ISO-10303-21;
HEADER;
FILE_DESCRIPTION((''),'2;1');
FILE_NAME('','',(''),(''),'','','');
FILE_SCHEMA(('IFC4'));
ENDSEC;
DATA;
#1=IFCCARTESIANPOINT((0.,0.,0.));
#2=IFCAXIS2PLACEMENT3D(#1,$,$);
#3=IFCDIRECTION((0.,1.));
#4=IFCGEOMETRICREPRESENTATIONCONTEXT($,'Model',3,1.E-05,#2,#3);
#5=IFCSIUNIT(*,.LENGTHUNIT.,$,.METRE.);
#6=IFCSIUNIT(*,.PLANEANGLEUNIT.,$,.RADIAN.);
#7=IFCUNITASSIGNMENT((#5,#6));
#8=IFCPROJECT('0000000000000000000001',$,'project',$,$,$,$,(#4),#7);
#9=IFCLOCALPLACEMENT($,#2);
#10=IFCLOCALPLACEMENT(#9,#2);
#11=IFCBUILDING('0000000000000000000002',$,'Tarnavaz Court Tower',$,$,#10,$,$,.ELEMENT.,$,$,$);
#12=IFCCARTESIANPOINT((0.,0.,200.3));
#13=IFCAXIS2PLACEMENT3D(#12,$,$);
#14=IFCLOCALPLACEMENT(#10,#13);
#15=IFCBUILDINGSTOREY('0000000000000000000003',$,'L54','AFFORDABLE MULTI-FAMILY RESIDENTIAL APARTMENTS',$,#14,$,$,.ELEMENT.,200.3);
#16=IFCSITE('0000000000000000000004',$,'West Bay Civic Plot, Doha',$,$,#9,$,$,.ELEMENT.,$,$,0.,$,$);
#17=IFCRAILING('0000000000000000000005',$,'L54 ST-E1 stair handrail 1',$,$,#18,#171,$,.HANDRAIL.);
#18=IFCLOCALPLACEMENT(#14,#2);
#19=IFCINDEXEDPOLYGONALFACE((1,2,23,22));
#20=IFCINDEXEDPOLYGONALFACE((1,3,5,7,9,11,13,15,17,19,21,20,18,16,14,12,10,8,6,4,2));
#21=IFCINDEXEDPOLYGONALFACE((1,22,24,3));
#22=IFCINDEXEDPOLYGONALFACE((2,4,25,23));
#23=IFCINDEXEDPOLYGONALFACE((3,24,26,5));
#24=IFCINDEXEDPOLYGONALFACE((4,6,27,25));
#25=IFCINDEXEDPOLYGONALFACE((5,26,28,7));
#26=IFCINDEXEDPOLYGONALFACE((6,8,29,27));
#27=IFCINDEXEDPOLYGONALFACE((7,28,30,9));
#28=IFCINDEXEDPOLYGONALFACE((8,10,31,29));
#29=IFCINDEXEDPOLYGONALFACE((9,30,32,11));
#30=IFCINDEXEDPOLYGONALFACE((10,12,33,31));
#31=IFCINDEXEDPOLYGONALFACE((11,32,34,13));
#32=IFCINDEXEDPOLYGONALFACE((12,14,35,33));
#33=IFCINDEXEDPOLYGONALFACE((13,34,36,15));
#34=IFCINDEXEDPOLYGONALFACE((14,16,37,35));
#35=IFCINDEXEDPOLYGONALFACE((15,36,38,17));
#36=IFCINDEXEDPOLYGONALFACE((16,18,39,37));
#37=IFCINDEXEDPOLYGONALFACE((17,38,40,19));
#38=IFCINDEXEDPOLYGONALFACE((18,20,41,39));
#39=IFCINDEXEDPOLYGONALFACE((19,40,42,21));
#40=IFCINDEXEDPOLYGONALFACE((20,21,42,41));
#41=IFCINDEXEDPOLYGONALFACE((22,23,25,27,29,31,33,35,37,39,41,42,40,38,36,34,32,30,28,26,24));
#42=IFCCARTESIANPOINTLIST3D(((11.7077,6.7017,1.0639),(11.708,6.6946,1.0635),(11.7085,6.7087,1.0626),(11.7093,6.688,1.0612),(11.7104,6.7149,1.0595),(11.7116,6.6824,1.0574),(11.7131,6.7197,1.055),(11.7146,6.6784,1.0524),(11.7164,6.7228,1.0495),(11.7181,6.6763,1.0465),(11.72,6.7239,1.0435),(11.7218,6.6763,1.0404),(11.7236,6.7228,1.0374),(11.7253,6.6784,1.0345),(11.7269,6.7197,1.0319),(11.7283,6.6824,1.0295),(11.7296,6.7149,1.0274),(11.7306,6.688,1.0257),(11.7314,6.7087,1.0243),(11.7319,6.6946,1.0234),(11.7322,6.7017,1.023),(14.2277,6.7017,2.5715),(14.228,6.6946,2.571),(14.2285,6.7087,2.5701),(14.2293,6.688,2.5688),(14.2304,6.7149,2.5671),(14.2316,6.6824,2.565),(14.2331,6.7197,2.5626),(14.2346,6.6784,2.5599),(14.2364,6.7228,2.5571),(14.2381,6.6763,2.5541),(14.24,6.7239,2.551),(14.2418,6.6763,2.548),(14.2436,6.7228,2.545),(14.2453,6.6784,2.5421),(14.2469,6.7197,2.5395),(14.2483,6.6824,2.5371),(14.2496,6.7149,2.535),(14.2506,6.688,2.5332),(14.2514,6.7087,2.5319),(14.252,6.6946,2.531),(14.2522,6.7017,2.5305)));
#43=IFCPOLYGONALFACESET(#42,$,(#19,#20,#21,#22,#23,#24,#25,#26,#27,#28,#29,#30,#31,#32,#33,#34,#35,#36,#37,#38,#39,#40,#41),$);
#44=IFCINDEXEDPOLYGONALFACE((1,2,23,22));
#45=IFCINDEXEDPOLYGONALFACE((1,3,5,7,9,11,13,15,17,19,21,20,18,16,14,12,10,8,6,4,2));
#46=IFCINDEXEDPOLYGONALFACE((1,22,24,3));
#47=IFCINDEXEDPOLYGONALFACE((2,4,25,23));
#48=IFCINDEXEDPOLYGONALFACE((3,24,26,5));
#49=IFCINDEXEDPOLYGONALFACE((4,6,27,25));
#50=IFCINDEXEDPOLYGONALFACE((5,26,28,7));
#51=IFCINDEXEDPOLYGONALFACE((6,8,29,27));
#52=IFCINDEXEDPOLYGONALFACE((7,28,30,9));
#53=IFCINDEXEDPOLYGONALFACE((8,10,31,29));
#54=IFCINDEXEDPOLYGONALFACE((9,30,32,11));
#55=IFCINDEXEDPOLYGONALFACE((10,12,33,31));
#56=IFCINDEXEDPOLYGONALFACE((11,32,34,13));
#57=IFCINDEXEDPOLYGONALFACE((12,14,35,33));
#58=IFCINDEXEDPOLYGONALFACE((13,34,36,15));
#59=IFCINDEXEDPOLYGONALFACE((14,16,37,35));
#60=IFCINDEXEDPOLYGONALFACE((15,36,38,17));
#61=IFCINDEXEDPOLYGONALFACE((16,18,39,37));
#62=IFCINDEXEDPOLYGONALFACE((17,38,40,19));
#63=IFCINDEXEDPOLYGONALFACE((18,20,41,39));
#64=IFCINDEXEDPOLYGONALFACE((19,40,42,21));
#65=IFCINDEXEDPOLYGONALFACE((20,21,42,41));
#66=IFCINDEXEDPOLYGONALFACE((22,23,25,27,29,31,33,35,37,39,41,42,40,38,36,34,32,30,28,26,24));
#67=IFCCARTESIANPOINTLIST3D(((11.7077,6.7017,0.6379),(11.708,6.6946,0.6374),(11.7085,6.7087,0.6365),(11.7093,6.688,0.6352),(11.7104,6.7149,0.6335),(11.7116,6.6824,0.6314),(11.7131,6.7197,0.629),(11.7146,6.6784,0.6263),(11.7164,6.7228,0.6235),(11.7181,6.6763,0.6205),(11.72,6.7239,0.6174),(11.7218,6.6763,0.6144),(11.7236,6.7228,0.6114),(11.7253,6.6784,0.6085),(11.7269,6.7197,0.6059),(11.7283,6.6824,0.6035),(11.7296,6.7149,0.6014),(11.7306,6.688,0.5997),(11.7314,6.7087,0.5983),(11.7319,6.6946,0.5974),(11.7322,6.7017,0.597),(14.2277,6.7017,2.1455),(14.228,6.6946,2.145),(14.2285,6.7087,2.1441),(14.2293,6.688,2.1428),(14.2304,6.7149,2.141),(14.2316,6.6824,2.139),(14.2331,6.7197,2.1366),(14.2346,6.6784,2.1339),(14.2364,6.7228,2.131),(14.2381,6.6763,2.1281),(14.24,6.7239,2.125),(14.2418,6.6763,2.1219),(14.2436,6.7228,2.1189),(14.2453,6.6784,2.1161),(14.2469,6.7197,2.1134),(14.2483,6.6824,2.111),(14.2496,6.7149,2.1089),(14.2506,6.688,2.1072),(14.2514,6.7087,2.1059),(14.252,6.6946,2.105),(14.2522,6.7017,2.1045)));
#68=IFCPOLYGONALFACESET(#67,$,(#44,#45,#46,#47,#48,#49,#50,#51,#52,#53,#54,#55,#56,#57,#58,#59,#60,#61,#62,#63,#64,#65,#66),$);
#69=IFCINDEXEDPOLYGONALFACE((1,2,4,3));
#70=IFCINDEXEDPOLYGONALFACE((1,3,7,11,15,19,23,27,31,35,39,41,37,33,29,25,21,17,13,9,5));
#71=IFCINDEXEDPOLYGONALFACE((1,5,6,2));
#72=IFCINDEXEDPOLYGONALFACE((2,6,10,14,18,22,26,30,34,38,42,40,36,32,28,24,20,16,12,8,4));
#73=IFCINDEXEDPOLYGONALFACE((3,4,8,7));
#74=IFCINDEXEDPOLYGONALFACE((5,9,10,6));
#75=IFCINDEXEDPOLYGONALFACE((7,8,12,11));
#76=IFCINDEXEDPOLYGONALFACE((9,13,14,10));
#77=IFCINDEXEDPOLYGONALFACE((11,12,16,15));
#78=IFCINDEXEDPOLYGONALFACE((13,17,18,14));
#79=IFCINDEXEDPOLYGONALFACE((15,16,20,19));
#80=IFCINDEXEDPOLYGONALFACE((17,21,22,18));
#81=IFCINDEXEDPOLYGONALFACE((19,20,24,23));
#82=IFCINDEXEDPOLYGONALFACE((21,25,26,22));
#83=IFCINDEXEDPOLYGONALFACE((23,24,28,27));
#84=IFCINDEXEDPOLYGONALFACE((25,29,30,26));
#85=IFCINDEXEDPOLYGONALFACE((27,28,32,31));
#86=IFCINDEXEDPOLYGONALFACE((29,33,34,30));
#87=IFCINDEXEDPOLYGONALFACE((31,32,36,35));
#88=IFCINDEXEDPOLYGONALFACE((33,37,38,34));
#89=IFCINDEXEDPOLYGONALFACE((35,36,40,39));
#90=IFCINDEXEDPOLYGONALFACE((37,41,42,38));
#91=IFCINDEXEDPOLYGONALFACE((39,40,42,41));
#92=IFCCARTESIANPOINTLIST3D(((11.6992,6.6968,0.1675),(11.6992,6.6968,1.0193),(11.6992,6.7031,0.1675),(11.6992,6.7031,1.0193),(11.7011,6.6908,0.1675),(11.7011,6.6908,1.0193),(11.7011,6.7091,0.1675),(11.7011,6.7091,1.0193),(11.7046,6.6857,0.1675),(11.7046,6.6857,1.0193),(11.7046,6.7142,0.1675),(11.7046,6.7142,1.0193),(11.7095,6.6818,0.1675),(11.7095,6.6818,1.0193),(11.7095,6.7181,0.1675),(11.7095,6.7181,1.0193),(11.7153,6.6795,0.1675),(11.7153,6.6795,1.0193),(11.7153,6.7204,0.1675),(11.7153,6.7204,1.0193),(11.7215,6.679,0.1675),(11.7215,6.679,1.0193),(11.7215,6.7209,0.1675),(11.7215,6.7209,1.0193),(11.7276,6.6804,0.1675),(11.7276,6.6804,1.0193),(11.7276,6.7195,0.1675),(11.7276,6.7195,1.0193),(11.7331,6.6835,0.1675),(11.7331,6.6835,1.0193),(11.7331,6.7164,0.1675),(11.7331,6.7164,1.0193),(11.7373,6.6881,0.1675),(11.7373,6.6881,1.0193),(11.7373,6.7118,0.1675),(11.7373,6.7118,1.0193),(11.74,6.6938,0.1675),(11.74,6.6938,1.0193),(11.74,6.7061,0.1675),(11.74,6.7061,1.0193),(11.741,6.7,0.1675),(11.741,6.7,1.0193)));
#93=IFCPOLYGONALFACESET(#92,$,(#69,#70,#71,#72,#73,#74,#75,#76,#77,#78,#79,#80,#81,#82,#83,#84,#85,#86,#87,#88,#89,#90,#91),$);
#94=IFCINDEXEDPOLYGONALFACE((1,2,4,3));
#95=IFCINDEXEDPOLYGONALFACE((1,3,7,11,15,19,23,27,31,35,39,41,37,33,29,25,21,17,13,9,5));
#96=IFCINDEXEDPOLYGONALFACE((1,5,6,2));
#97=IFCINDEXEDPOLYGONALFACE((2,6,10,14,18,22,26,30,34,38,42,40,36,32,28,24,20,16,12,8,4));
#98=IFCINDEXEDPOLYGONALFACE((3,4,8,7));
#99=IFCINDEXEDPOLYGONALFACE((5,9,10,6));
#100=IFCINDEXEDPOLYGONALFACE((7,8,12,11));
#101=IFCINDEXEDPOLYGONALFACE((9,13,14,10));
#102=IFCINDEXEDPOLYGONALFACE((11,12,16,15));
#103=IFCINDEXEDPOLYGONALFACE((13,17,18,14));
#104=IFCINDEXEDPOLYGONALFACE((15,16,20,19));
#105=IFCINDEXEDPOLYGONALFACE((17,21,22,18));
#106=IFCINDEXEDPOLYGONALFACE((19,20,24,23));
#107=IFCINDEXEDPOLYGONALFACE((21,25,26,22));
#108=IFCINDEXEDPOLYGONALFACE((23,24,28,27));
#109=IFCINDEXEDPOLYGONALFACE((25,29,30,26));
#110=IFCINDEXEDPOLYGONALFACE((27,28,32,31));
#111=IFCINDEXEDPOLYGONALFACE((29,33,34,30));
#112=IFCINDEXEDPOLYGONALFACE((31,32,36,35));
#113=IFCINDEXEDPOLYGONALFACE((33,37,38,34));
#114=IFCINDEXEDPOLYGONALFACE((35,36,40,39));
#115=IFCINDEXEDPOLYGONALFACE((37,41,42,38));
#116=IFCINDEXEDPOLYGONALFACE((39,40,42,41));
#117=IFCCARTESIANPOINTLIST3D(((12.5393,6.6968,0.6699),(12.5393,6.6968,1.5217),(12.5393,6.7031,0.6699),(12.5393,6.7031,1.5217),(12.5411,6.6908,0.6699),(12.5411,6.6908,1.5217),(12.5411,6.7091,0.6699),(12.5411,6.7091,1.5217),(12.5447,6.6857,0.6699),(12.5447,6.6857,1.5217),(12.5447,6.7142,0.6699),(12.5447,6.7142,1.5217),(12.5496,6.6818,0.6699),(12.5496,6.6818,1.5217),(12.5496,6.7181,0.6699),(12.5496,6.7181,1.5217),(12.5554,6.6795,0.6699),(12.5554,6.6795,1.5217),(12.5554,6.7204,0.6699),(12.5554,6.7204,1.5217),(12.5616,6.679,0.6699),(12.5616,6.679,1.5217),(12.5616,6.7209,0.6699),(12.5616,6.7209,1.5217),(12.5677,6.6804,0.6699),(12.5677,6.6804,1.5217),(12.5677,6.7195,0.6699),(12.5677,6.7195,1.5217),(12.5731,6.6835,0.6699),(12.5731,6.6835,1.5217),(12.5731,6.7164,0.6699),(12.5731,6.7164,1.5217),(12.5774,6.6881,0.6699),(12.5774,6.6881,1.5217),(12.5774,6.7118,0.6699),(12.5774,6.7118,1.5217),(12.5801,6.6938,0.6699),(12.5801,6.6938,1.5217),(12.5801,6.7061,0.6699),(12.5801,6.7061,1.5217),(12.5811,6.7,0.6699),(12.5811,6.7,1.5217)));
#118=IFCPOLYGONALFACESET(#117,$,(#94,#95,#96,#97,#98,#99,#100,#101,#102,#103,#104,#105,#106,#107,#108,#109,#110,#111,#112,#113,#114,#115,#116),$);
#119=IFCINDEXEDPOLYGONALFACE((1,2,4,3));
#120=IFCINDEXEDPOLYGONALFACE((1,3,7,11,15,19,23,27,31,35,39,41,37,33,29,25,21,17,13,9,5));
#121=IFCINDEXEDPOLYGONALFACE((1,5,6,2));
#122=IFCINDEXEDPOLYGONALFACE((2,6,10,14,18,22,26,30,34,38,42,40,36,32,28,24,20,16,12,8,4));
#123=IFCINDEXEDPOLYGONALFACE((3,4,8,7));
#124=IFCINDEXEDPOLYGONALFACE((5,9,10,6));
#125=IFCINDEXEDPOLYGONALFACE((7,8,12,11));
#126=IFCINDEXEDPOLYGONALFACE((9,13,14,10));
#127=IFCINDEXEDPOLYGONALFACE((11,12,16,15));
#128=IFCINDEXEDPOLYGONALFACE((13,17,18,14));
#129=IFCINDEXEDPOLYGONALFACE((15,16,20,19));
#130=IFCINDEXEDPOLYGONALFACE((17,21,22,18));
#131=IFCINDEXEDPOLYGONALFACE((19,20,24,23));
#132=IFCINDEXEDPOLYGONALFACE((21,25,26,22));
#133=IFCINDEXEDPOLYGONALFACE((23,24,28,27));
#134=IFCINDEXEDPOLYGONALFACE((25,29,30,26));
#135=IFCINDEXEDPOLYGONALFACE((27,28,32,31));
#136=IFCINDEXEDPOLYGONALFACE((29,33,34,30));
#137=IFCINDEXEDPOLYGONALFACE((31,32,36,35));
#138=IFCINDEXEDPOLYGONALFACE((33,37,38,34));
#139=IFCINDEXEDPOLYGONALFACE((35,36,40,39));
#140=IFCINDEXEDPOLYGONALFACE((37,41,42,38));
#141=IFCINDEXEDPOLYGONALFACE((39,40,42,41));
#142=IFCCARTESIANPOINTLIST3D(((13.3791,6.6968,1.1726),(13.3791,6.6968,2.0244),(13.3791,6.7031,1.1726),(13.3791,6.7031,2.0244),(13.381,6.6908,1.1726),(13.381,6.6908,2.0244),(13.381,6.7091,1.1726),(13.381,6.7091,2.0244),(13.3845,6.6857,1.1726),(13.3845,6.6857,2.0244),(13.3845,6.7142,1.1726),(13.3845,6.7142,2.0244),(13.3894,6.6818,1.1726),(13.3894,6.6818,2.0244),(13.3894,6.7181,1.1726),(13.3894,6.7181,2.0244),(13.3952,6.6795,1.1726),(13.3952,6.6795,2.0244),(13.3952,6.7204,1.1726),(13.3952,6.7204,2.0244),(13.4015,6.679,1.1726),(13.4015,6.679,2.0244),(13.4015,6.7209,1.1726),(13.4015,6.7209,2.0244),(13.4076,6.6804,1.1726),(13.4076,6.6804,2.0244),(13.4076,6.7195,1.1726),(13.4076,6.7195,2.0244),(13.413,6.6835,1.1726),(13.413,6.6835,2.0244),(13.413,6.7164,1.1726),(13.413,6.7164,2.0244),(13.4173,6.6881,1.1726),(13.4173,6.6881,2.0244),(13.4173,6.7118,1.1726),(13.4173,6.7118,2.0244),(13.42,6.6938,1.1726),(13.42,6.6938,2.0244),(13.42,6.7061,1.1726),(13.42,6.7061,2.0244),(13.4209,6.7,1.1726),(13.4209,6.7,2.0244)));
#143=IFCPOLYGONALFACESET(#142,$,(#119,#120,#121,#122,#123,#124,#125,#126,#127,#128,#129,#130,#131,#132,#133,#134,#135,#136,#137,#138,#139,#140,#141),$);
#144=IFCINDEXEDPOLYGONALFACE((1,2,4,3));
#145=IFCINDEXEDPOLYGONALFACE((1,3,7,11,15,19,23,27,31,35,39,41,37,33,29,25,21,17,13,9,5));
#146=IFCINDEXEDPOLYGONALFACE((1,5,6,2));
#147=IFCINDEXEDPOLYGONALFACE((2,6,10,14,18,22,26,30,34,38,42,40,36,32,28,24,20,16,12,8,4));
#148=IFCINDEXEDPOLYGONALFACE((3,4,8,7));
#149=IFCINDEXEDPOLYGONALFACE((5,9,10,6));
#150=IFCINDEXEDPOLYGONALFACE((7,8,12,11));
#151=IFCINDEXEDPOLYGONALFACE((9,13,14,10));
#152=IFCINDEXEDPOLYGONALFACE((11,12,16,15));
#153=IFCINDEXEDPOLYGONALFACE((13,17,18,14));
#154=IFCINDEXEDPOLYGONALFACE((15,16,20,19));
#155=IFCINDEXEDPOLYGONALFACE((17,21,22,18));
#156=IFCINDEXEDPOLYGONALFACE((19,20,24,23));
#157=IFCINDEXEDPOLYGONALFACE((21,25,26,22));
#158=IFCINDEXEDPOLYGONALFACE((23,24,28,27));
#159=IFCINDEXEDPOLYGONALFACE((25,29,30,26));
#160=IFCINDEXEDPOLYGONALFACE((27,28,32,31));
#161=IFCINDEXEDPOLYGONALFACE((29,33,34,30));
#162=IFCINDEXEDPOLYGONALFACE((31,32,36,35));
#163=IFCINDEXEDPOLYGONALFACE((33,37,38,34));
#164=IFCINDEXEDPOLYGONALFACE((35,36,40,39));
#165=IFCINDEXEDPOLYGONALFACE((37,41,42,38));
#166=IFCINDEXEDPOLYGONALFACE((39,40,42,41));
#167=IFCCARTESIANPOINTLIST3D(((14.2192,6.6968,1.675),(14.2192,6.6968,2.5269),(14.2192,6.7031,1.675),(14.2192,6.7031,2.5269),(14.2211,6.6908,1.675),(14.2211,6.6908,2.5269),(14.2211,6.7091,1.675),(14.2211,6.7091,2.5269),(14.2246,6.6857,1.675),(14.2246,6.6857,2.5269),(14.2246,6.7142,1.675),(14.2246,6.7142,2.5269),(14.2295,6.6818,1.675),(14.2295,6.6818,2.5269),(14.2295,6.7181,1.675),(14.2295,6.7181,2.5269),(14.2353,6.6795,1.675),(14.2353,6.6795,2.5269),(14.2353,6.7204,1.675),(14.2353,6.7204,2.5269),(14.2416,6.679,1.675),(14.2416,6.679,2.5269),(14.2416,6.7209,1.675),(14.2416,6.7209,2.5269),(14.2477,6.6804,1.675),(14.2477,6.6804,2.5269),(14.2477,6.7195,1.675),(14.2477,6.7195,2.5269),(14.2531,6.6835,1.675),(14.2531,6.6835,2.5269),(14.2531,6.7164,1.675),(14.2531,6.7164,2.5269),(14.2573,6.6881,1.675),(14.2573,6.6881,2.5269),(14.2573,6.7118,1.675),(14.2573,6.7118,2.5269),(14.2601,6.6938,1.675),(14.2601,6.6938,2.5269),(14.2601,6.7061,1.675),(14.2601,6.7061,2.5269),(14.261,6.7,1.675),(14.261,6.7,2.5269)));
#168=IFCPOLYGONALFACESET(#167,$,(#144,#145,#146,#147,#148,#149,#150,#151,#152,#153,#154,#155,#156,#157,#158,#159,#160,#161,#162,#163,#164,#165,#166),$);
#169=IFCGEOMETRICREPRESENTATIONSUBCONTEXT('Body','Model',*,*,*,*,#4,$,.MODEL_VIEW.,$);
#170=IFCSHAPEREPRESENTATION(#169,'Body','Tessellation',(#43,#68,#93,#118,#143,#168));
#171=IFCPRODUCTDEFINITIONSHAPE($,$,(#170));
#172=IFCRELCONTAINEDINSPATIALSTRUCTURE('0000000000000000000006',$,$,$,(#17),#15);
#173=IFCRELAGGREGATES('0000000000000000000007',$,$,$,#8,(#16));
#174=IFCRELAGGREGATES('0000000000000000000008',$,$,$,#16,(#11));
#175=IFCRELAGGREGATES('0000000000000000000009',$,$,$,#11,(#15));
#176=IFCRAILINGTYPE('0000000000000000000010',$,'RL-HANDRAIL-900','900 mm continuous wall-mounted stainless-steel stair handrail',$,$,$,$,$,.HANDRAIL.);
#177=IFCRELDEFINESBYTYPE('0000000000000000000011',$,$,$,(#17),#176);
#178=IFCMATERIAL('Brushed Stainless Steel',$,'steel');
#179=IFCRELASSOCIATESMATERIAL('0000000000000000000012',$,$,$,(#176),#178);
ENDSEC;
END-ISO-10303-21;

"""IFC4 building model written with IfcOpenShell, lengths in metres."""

from ifc_helpers import new_model, si_unit, direction, frame, origin, origin_2d, place, context, subcontext, project, spatial, circle, extrude, material, type_object, element, save


model = new_model("IFC4")

# Units and contexts
model_context = context("Model", 3, precision=1e-05, world=origin(), true_north=direction((0.0, 1.0)))
body_context = subcontext(model_context, "Body", "Model", "MODEL_VIEW")
ifc_project = project(units=[si_unit("LENGTHUNIT", "METRE"), si_unit("PLANEANGLEUNIT", "RADIAN")], contexts=[model_context])

# Site, building, storey
site_placement = place(None, origin())
site = spatial("IfcSite", under=ifc_project, at=site_placement, Name="West Bay Civic Plot, Doha", CompositionType="ELEMENT", RefElevation=0.0)
building_placement = place(site_placement, origin())
building = spatial("IfcBuilding", under=site, at=building_placement, Name="Tarnavaz Court Tower", CompositionType="ELEMENT")
storey_placement = place(building_placement, frame((0.0, 0.0, 200.3)))
storey = spatial("IfcBuildingStorey", under=building, at=storey_placement, Name="L54", Description="AFFORDABLE MULTI-FAMILY RESIDENTIAL APARTMENTS", CompositionType="ELEMENT", Elevation=200.3)

# Railing
ifc_material_1 = material(Name="Brushed Stainless Steel", Category="steel")
railing_type_1 = type_object("IfcRailingType", Name="RL-HANDRAIL-900", Description="900 mm continuous wall-mounted stainless-steel stair handrail", PredefinedType="HANDRAIL", material=ifc_material_1)
railing_1_placement = place(storey_placement, frame((11.72, 6.7, 0.1675)))
element("IfcRailing", 1, at=railing_1_placement, inside=storey, type_object=railing_type_1, Name="L54 ST-E1 stair handrail 1", PredefinedType="HANDRAIL", context=body_context, shape_type="SweptSolid", body=[
    extrude(circle(Radius=0.0239, at=origin_2d()), frame((0.0, 0.0, 0.876), z_axis=(0.85816, 0.0, 0.513383), x_axis=(0.0, 1.0, 0.0)), (0.0, 0.0, 1.0), 2.9365),
    extrude(circle(Radius=0.0239, at=origin_2d()), frame((0.0, 0.0, 0.45), z_axis=(0.85816, 0.0, 0.513383), x_axis=(0.0, 1.0, 0.0)), (0.0, 0.0, 1.0), 2.9365),
    extrude(circle(Radius=0.021, at=origin_2d()), origin(), (0.0, 0.0, 1.0), 0.8518),
    extrude(circle(Radius=0.021, at=origin_2d()), frame((0.8401, 0.0, 0.5024)), (0.0, 0.0, 1.0), 0.8518),
    extrude(circle(Radius=0.021, at=origin_2d()), frame((1.6799, 0.0, 1.0051)), (0.0, 0.0, 1.0), 0.8518),
    extrude(circle(Radius=0.021, at=origin_2d()), frame((2.52, 0.0, 1.5076)), (0.0, 0.0, 1.0), 0.8518),
])

save(model, "model.ifc")
